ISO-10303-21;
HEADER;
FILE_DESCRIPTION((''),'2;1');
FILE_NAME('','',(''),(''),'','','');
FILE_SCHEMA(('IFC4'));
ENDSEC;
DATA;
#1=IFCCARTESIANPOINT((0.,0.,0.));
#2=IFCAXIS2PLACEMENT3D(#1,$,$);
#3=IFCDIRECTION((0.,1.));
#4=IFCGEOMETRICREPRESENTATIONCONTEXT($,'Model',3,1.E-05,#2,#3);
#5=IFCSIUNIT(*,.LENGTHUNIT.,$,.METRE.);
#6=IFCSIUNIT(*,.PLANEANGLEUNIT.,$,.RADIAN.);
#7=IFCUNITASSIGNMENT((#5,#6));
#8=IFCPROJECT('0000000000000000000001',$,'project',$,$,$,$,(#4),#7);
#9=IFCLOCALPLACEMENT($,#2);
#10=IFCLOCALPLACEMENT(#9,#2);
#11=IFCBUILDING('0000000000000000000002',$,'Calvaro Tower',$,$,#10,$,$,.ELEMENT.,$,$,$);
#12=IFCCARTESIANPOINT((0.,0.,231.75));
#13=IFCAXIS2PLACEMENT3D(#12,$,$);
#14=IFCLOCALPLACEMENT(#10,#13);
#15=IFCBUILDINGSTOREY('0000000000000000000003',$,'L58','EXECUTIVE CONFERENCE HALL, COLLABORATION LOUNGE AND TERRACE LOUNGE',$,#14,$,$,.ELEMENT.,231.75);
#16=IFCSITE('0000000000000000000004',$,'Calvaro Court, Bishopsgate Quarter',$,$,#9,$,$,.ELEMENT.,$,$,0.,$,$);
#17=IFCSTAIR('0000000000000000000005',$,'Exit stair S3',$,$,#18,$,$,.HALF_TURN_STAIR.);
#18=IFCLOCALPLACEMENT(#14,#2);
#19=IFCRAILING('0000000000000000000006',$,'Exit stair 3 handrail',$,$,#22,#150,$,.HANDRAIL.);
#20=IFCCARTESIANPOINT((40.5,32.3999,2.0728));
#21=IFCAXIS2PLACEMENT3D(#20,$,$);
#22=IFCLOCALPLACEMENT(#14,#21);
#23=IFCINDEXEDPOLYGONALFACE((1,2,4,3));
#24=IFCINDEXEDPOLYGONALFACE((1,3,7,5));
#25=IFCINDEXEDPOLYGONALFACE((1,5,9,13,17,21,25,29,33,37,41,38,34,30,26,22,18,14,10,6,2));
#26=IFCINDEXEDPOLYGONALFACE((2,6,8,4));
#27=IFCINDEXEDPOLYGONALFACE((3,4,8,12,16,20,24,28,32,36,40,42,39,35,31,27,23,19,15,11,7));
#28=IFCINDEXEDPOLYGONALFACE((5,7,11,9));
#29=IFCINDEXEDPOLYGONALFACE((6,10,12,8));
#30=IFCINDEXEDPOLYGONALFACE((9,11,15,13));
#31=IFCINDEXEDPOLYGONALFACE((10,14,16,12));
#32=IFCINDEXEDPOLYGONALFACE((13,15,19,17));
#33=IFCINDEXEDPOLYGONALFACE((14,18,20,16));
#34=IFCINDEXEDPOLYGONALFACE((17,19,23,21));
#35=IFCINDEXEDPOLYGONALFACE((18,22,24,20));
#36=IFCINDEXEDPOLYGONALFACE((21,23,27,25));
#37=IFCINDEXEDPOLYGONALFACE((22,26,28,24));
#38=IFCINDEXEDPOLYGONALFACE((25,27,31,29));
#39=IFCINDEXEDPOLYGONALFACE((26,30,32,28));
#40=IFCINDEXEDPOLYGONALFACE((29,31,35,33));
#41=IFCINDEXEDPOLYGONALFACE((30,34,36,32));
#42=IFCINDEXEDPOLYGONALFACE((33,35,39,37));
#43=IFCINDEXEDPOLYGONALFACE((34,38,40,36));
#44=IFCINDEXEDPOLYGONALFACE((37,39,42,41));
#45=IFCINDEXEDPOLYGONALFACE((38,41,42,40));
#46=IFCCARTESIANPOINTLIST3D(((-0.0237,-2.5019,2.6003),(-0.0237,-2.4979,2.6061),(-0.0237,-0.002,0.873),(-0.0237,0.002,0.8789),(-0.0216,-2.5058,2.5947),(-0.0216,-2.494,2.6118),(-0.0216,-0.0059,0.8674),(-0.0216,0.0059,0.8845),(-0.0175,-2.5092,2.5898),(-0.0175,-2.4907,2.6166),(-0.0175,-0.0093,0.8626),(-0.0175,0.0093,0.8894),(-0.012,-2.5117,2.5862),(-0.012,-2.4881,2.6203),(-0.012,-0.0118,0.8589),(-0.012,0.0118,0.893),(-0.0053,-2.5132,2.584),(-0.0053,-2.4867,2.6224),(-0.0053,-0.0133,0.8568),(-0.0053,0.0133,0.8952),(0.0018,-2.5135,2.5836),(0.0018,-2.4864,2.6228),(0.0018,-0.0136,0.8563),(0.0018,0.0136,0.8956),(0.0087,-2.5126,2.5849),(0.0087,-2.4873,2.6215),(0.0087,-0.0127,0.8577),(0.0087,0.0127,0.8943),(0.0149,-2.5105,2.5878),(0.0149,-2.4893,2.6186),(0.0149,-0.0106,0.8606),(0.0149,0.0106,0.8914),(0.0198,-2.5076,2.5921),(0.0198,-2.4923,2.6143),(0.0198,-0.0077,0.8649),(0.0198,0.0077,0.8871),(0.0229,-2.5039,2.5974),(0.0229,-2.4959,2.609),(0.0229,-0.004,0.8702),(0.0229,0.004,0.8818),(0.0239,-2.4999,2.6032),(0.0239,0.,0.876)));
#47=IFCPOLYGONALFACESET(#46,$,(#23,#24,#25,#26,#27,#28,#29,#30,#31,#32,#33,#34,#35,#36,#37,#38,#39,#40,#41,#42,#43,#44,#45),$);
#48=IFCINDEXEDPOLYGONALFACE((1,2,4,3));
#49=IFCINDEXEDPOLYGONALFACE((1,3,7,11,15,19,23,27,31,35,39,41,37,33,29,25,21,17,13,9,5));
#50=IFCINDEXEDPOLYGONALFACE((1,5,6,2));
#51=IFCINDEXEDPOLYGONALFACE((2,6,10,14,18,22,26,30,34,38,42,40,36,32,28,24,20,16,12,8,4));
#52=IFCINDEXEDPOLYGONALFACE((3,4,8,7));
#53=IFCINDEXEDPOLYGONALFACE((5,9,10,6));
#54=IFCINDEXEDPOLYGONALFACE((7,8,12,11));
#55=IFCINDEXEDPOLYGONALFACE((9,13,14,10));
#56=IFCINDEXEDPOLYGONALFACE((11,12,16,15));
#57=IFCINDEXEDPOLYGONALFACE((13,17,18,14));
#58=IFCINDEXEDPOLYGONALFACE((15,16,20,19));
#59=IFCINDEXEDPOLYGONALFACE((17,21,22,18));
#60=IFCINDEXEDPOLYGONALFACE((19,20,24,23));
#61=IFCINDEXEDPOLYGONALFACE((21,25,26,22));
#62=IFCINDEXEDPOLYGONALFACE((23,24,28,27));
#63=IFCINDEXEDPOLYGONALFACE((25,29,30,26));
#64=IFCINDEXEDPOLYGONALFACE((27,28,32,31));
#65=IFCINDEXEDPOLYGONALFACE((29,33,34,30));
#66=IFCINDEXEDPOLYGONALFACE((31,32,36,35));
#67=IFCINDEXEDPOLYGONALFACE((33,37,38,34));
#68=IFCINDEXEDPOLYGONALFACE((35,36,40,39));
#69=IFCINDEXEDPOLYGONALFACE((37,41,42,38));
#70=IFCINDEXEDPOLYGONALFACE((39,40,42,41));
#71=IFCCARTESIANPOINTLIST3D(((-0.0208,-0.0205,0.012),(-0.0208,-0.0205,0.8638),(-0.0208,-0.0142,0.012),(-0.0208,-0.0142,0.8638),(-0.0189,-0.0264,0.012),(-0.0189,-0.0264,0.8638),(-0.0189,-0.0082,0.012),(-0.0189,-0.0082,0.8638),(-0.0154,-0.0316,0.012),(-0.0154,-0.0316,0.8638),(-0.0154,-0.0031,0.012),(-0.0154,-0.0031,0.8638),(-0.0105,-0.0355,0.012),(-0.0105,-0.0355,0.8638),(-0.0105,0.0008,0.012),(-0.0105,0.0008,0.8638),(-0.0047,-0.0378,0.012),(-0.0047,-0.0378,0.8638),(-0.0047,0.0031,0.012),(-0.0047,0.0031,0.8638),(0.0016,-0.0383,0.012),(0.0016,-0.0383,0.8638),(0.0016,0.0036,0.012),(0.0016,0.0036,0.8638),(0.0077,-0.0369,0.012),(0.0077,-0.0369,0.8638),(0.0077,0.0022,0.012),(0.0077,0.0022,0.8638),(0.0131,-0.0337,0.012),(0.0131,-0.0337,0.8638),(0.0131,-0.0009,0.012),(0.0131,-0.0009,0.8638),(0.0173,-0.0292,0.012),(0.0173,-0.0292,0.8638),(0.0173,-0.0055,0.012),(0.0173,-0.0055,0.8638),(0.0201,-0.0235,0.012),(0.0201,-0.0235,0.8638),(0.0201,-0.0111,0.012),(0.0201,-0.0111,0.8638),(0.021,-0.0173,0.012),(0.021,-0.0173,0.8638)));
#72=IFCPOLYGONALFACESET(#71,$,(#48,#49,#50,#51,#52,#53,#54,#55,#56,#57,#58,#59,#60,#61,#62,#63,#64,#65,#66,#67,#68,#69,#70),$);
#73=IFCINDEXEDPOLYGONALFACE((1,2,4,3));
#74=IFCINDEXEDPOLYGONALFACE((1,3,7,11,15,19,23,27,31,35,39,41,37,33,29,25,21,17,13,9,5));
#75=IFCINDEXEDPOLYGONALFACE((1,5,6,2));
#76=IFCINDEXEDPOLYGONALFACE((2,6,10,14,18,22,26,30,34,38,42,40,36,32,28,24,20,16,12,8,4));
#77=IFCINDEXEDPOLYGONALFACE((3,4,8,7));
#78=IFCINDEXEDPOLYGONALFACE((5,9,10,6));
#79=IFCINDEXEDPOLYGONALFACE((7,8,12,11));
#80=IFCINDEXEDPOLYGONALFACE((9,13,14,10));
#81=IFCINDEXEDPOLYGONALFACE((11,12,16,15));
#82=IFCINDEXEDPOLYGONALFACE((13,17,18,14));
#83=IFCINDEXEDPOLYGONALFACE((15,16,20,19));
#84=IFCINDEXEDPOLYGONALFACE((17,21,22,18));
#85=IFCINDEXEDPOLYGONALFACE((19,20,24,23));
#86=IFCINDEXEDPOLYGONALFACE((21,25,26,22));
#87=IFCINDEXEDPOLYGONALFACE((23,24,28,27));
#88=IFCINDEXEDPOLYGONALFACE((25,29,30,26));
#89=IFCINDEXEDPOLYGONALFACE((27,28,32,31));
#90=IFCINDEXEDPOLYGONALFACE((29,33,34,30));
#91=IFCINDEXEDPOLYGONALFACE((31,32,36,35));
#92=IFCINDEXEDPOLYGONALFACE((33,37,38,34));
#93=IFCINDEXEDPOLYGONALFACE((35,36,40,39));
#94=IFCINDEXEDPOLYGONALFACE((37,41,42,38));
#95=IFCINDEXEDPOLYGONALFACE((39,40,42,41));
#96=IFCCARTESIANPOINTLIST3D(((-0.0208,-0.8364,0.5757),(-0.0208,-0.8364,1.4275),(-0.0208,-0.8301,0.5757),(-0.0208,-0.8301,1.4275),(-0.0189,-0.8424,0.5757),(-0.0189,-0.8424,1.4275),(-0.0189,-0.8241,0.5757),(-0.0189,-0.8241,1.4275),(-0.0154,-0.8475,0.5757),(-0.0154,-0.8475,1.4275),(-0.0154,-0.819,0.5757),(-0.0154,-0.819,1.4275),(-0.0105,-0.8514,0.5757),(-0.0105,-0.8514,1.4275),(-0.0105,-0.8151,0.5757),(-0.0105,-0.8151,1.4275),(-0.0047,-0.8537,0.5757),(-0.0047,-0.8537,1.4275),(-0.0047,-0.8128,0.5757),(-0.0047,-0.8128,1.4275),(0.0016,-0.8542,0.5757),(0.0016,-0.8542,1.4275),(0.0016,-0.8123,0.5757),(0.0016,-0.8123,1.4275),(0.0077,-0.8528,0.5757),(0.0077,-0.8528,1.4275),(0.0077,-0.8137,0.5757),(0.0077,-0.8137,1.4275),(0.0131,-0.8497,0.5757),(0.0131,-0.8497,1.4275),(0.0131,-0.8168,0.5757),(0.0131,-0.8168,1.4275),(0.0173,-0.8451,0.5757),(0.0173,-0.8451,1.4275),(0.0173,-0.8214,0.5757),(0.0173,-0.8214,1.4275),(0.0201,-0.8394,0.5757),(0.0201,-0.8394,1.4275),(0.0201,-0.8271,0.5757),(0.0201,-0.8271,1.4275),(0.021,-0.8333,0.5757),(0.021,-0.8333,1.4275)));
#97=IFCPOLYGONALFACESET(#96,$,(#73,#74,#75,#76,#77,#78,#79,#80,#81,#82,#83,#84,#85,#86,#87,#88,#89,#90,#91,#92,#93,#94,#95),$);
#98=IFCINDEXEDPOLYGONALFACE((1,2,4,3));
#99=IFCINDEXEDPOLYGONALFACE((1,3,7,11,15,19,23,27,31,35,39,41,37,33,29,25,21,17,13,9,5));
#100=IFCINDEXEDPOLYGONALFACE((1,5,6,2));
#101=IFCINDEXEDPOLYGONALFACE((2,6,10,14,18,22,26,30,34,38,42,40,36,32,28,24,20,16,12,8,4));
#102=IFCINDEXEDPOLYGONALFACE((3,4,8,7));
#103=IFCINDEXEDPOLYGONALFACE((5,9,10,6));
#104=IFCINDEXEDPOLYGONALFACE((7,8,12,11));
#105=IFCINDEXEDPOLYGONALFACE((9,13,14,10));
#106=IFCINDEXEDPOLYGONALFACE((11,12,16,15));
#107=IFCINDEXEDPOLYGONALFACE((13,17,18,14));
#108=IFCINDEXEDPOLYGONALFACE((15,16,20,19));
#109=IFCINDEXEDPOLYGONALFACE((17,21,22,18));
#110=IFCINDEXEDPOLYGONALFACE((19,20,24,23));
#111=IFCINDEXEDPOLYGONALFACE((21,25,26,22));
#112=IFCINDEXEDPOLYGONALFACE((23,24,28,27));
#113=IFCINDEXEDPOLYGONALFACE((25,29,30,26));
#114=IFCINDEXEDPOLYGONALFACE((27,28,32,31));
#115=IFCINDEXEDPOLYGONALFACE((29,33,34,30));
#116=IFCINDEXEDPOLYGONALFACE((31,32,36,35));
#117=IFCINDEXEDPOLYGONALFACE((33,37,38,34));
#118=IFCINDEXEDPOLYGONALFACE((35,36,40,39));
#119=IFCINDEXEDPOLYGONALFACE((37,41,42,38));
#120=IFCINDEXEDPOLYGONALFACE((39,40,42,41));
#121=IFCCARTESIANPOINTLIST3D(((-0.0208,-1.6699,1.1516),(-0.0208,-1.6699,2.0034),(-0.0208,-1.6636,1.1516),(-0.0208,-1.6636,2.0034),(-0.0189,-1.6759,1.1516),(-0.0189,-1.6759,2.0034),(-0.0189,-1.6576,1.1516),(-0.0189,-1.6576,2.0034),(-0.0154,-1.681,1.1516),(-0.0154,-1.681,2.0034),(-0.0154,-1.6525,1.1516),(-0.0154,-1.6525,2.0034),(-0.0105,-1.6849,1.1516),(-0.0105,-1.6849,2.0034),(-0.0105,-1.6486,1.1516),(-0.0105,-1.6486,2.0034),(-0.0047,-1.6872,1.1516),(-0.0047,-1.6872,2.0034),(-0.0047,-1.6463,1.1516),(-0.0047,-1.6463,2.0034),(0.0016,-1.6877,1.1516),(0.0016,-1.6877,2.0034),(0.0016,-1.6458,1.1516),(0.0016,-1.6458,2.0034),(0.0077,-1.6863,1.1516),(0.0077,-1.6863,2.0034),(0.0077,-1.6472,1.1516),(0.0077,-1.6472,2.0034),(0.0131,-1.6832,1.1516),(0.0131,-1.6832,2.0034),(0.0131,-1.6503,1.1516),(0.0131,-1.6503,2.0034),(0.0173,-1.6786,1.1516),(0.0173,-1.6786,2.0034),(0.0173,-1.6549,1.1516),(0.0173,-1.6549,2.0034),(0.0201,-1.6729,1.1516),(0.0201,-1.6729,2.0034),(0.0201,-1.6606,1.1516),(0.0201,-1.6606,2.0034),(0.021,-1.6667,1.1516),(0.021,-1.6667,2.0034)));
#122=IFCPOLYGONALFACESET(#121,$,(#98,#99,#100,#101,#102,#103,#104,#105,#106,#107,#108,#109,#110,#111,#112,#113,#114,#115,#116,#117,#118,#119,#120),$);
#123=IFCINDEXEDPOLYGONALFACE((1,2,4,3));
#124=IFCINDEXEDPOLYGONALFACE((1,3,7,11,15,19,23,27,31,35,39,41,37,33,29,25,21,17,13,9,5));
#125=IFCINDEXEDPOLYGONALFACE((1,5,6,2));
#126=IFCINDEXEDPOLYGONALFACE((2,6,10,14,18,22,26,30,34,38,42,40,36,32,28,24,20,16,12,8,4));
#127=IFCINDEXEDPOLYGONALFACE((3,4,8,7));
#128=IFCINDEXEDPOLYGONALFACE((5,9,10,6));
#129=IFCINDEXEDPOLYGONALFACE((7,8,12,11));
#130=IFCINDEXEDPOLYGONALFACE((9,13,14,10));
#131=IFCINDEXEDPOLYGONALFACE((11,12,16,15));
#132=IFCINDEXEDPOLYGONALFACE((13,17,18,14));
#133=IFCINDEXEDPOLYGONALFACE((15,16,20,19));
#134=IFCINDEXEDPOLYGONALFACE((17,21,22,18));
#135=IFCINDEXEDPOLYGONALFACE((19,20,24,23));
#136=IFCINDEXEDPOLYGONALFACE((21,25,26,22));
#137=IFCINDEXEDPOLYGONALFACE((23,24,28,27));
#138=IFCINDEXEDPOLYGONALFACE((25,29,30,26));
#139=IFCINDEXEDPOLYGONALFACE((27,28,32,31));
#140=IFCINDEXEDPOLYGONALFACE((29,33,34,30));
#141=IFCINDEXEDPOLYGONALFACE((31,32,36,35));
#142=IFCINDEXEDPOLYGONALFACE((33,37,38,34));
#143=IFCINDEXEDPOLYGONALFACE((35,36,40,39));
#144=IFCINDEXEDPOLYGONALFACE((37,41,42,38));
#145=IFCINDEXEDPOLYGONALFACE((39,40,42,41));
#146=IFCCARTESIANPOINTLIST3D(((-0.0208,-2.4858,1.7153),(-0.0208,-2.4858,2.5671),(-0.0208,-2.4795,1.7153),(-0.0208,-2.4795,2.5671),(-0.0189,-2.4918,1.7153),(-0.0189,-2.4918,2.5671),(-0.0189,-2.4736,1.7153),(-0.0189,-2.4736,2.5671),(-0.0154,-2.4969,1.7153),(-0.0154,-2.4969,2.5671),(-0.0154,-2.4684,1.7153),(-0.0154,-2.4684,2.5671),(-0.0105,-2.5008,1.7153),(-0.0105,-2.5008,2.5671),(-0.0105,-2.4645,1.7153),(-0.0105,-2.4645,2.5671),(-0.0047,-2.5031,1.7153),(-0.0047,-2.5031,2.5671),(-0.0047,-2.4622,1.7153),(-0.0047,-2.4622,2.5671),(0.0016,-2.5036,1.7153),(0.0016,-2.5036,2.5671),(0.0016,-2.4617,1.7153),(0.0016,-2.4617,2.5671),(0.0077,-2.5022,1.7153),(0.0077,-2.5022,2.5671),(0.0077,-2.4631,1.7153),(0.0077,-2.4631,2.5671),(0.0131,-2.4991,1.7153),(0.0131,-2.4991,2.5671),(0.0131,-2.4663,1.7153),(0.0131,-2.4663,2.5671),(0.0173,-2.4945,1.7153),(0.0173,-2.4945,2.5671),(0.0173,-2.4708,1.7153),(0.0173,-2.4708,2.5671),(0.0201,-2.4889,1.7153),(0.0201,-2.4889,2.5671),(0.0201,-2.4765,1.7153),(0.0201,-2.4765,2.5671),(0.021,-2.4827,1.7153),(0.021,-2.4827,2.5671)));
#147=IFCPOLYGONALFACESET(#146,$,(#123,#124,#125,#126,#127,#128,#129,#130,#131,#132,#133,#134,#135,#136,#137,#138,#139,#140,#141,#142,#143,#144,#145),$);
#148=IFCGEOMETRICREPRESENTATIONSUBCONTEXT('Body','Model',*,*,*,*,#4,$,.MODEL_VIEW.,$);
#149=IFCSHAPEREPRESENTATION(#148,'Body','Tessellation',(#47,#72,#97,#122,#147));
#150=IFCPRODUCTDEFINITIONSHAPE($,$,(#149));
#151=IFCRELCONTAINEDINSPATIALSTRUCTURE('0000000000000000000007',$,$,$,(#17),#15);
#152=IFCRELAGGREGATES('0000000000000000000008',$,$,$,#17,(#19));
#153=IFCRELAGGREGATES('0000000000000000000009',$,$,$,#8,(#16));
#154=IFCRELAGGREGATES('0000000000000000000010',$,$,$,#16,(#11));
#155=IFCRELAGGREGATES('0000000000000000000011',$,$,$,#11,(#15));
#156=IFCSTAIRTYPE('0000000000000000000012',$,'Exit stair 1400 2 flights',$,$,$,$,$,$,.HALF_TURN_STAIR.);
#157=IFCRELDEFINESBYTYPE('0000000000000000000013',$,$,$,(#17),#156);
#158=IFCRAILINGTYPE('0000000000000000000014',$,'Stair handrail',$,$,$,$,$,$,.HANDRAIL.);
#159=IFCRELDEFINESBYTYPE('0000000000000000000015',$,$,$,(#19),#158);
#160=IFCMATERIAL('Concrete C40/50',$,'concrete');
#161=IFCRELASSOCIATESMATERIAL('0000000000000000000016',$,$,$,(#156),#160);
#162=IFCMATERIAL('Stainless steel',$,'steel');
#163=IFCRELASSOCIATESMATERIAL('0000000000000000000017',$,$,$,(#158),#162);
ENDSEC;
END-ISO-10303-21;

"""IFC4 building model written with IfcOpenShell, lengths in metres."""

from ifc_helpers import new_model, si_unit, direction, frame, origin, origin_2d, place, context, subcontext, project, spatial, circle, extrude, material, type_object, element, aggregate, save


model = new_model("IFC4")

# Units and contexts
model_context = context("Model", 3, precision=1e-05, world=origin(), true_north=direction((0.0, 1.0)))
body_context = subcontext(model_context, "Body", "Model", "MODEL_VIEW")
ifc_project = project(units=[si_unit("LENGTHUNIT", "METRE"), si_unit("PLANEANGLEUNIT", "RADIAN")], contexts=[model_context])

# Site, building, storey
site_placement = place(None, origin())
site = spatial("IfcSite", under=ifc_project, at=site_placement, Name="Calvaro Court, Bishopsgate Quarter", CompositionType="ELEMENT", RefElevation=0.0)
building_placement = place(site_placement, origin())
building = spatial("IfcBuilding", under=site, at=building_placement, Name="Calvaro Tower", CompositionType="ELEMENT")
storey_placement = place(building_placement, frame((0.0, 0.0, 231.75)))
storey = spatial("IfcBuildingStorey", under=building, at=storey_placement, Name="L58", Description="EXECUTIVE CONFERENCE HALL, COLLABORATION LOUNGE AND TERRACE LOUNGE", CompositionType="ELEMENT", Elevation=231.75)

# Stair, railing
ifc_material_1 = material(Name="Concrete C40/50", Category="concrete")
stair_type = type_object("IfcStairType", Name="Exit stair 1400 2 flights", PredefinedType="HALF_TURN_STAIR", material=ifc_material_1)
stair_placement = place(storey_placement, origin())
stair = element("IfcStair", 1, at=stair_placement, inside=storey, type_object=stair_type, Name="Exit stair S3", PredefinedType="HALF_TURN_STAIR")
ifc_material_2 = material(Name="Stainless steel", Category="steel")
railing_type = type_object("IfcRailingType", Name="Stair handrail", PredefinedType="HANDRAIL", material=ifc_material_2)
railing_1_placement = place(storey_placement, frame((40.5, 32.3999, 2.0728)))
railing_1 = element("IfcRailing", 2, at=railing_1_placement, type_object=railing_type, Name="Exit stair 3 handrail", PredefinedType="HANDRAIL", context=body_context, shape_type="SweptSolid", body=[
    extrude(circle(Radius=0.0239, at=origin_2d()), frame((0.0, 0.0, 0.876), z_axis=(0.0, -0.822727, 0.568437), x_axis=(1.0, 0.0, 0.0)), (0.0, 0.0, 1.0), 3.0386),
    extrude(circle(Radius=0.021, at=origin_2d()), frame((0.0, -0.0173, 0.012)), (0.0, 0.0, 1.0), 0.8518),
    extrude(circle(Radius=0.021, at=origin_2d()), frame((0.0, -0.8333, 0.5757)), (0.0, 0.0, 1.0), 0.8518),
    extrude(circle(Radius=0.021, at=origin_2d()), frame((0.0, -1.6667, 1.1516)), (0.0, 0.0, 1.0), 0.8518),
    extrude(circle(Radius=0.021, at=origin_2d()), frame((0.0, -2.4827, 1.7153)), (0.0, 0.0, 1.0), 0.8518),
])
aggregate(stair, [railing_1])

save(model, "model.ifc")
